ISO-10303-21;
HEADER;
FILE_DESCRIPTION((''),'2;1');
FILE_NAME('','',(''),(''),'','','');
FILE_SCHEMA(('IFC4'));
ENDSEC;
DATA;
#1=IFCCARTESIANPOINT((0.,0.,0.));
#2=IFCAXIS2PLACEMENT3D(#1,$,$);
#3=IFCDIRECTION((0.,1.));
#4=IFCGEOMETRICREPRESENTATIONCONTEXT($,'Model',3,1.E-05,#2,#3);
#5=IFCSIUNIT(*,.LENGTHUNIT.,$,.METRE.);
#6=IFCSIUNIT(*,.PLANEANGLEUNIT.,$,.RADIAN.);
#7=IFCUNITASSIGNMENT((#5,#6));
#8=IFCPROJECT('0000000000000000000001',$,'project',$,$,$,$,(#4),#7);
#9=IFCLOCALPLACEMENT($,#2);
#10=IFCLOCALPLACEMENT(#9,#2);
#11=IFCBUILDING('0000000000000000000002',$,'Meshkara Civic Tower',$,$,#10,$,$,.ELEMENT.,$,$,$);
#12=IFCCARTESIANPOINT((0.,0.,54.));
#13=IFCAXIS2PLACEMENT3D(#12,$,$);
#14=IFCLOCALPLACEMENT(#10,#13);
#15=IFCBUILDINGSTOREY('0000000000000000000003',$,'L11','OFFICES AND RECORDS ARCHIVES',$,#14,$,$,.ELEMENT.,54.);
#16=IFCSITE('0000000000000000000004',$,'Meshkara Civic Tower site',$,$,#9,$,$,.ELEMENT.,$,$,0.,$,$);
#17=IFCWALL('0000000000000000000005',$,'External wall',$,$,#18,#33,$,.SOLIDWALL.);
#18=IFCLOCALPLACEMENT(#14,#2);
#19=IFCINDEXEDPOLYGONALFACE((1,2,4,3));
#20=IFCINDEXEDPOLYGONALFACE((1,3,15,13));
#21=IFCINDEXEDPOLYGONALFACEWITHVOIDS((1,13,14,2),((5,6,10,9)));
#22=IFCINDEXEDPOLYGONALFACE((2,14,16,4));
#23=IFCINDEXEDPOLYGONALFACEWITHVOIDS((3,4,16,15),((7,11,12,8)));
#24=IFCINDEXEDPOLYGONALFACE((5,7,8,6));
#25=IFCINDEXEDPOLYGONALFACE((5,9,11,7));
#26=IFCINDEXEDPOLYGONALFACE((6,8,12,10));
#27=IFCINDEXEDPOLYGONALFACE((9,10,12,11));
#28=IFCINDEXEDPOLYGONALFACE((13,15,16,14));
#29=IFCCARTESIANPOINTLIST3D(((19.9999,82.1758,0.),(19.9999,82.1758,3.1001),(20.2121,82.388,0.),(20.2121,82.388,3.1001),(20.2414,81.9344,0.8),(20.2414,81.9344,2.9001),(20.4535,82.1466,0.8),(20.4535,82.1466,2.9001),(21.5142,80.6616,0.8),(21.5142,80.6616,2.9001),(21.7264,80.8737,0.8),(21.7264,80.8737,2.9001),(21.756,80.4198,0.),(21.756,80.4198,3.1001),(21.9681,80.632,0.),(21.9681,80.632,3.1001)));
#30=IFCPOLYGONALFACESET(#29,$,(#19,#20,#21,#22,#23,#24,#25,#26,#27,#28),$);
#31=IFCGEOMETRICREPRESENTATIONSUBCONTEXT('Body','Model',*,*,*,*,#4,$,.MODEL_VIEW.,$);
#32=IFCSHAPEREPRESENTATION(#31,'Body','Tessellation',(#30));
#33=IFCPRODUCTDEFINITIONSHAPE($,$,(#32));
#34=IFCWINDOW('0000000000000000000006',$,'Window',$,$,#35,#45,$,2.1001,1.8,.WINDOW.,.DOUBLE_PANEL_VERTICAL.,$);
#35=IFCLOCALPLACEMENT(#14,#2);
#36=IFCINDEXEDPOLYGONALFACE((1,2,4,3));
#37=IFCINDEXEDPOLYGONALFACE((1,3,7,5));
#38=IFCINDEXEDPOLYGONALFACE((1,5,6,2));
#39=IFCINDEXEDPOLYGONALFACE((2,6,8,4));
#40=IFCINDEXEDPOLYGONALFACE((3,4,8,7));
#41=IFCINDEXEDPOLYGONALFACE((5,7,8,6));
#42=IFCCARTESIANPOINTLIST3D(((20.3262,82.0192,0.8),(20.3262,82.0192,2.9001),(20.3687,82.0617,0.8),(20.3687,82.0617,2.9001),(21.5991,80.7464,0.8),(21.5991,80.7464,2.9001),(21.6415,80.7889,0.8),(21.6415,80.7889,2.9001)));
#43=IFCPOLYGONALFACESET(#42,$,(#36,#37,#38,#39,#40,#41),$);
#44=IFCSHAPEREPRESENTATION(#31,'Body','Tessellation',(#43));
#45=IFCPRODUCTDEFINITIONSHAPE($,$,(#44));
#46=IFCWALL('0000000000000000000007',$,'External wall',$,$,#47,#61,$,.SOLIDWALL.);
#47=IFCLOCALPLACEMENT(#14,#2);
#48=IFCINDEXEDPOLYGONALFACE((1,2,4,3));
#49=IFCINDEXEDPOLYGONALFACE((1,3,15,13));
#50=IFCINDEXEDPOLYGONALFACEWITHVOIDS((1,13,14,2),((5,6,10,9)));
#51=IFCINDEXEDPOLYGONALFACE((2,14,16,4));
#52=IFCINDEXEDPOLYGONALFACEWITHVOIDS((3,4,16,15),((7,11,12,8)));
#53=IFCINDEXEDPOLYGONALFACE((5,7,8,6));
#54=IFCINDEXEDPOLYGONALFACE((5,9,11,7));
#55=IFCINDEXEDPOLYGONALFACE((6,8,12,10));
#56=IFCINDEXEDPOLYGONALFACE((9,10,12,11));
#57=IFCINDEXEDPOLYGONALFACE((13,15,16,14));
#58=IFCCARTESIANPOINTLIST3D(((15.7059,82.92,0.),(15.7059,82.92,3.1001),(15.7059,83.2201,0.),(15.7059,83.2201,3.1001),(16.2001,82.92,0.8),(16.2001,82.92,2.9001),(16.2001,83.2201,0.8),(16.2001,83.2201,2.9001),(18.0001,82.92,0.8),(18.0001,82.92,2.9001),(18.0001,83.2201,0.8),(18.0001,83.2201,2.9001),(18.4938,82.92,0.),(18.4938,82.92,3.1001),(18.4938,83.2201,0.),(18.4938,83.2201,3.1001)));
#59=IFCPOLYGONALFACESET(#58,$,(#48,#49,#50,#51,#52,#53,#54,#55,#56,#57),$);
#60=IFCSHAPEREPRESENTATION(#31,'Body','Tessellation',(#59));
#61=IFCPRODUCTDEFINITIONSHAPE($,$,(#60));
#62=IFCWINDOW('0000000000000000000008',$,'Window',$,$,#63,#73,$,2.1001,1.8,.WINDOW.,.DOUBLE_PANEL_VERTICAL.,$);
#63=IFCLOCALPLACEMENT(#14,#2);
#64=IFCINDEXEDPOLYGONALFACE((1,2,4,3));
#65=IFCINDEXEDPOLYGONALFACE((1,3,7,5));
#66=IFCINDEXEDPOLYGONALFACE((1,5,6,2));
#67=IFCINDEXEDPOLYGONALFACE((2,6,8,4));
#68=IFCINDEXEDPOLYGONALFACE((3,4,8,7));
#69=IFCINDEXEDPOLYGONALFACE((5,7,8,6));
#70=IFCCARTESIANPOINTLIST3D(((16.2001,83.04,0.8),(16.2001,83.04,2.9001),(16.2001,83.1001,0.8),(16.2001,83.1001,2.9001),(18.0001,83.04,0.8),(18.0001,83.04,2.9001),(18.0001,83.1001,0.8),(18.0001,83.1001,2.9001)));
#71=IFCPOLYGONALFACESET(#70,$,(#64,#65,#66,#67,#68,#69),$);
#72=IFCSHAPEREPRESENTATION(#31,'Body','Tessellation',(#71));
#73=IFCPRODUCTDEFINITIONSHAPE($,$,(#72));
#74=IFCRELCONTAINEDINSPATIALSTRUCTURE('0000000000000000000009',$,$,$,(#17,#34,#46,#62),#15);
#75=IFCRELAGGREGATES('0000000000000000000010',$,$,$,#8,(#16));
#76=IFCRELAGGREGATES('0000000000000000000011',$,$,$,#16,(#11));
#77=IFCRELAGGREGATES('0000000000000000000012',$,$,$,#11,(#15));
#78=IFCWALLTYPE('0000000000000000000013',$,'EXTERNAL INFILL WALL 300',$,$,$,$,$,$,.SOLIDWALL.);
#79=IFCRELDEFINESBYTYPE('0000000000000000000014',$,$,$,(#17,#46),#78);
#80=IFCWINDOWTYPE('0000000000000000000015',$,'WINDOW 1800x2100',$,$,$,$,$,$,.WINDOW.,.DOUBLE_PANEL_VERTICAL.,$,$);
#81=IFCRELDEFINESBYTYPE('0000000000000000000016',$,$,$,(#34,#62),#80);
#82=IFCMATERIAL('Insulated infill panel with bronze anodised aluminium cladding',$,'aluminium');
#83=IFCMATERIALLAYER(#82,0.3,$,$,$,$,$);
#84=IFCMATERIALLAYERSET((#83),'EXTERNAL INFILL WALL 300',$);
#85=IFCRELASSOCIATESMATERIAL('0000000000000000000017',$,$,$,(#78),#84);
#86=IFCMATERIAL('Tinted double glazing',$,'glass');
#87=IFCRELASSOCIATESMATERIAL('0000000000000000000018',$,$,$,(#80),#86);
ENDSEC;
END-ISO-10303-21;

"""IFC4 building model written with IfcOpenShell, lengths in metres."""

from ifc_helpers import new_model, si_unit, direction, frame, frame_2d, origin, place, context, subcontext, project, spatial, rectangle, extrude, material, layer, layer_set, type_object, element, fill, save


model = new_model("IFC4")

# Units and contexts
model_context = context("Model", 3, precision=1e-05, world=origin(), true_north=direction((0.0, 1.0)))
body_context = subcontext(model_context, "Body", "Model", "MODEL_VIEW")
ifc_project = project(units=[si_unit("LENGTHUNIT", "METRE"), si_unit("PLANEANGLEUNIT", "RADIAN")], contexts=[model_context])

# Site, building, storey
site_placement = place(None, origin())
site = spatial("IfcSite", under=ifc_project, at=site_placement, Name="Meshkara Civic Tower site", CompositionType="ELEMENT", RefElevation=0.0)
building_placement = place(site_placement, origin())
building = spatial("IfcBuilding", under=site, at=building_placement, Name="Meshkara Civic Tower", CompositionType="ELEMENT")
storey_placement = place(building_placement, frame((0.0, 0.0, 54.0)))
storey = spatial("IfcBuildingStorey", under=building, at=storey_placement, Name="L11", Description="OFFICES AND RECORDS ARCHIVES", CompositionType="ELEMENT", Elevation=54.0)

# Walls, openings, windows
ifc_material_1 = material(Name="Insulated infill panel with bronze anodised aluminium cladding", Category="aluminium")
ifc_layer_1 = layer(ifc_material_1, 0.3)
ifc_layer_set_1 = layer_set([ifc_layer_1], Name="EXTERNAL INFILL WALL 300")
wall_type_1 = type_object("IfcWallType", Name="EXTERNAL INFILL WALL 300", PredefinedType="SOLIDWALL", material=ifc_layer_set_1)
wall_1_placement = place(storey_placement, frame((21.8621, 80.5259, 0.0), z_axis=(0.0, 0.0, 1.0), x_axis=(-0.707107, 0.707107, 0.0)))
wall_1 = element("IfcWall", 1, at=wall_1_placement, inside=storey, type_object=wall_type_1, Name="External wall", PredefinedType="SOLIDWALL", context=body_context, shape_type="SweptSolid", body=[
    extrude(rectangle(XDim=2.4834, YDim=0.3, at=frame_2d((1.2417, 0.0))), origin(), (0.0, 0.0, 1.0), 3.1001),
])
opening_1_placement = place(wall_1_placement, frame((0.342, 0.0, 0.8)))
opening_1 = element("IfcOpeningElement", 2, at=opening_1_placement, cuts=wall_1, PredefinedType="OPENING", context=body_context, shape_type="SweptSolid", body=[
    extrude(rectangle(XDim=1.8, YDim=2.1001, at=frame_2d((0.8999, 1.05))), frame((0.0, 0.1599, 0.0), z_axis=(0.0, -1.0, 0.0), x_axis=(1.0, 0.0, 0.0)), (0.0, 0.0, 1.0), 0.3201),
])
ifc_material_2 = material(Name="Tinted double glazing", Category="glass")
window_type_1 = type_object("IfcWindowType", Name="WINDOW 1800x2100", PartitioningType="DOUBLE_PANEL_VERTICAL", PredefinedType="WINDOW", material=ifc_material_2)
window_1_placement = place(opening_1_placement, origin())
window_1 = element("IfcWindow", 3, at=window_1_placement, inside=storey, type_object=window_type_1, Name="Window", OverallHeight=2.1001, OverallWidth=1.8, PartitioningType="DOUBLE_PANEL_VERTICAL", PredefinedType="WINDOW", context=body_context, shape_type="SweptSolid", body=[
    extrude(rectangle(XDim=1.8, YDim=2.1001, at=frame_2d((0.8999, 1.05))), frame((0.0, 0.03, 0.0), z_axis=(0.0, -1.0, 0.0), x_axis=(1.0, 0.0, 0.0)), (0.0, 0.0, 1.0), 0.0601),
])
fill(opening_1, window_1)
wall_2_placement = place(storey_placement, frame((18.4939, 83.0701, 0.0), z_axis=(0.0, 0.0, 1.0), x_axis=(-1.0, 0.0, 0.0)))
wall_2 = element("IfcWall", 4, at=wall_2_placement, inside=storey, type_object=wall_type_1, Name="External wall", PredefinedType="SOLIDWALL", context=body_context, shape_type="SweptSolid", body=[
    extrude(rectangle(XDim=2.7878, YDim=0.3, at=frame_2d((1.394, 0.0))), origin(), (0.0, 0.0, 1.0), 3.1001),
])
opening_2_placement = place(wall_2_placement, frame((0.4939, 0.0, 0.8)))
opening_2 = element("IfcOpeningElement", 5, at=opening_2_placement, cuts=wall_2, PredefinedType="OPENING", context=body_context, shape_type="SweptSolid", body=[
    extrude(rectangle(XDim=1.8, YDim=2.1001, at=frame_2d((0.8999, 1.05))), frame((0.0, 0.1599, 0.0), z_axis=(0.0, -1.0, 0.0), x_axis=(1.0, 0.0, 0.0)), (0.0, 0.0, 1.0), 0.3201),
])
window_2_placement = place(opening_2_placement, origin())
window_2 = element("IfcWindow", 6, at=window_2_placement, inside=storey, type_object=window_type_1, Name="Window", OverallHeight=2.1001, OverallWidth=1.8, PartitioningType="DOUBLE_PANEL_VERTICAL", PredefinedType="WINDOW", context=body_context, shape_type="SweptSolid", body=[
    extrude(rectangle(XDim=1.8, YDim=2.1001, at=frame_2d((0.8999, 1.05))), frame((0.0, 0.03, 0.0), z_axis=(0.0, -1.0, 0.0), x_axis=(1.0, 0.0, 0.0)), (0.0, 0.0, 1.0), 0.0601),
])
fill(opening_2, window_2)

save(model, "model.ifc")
